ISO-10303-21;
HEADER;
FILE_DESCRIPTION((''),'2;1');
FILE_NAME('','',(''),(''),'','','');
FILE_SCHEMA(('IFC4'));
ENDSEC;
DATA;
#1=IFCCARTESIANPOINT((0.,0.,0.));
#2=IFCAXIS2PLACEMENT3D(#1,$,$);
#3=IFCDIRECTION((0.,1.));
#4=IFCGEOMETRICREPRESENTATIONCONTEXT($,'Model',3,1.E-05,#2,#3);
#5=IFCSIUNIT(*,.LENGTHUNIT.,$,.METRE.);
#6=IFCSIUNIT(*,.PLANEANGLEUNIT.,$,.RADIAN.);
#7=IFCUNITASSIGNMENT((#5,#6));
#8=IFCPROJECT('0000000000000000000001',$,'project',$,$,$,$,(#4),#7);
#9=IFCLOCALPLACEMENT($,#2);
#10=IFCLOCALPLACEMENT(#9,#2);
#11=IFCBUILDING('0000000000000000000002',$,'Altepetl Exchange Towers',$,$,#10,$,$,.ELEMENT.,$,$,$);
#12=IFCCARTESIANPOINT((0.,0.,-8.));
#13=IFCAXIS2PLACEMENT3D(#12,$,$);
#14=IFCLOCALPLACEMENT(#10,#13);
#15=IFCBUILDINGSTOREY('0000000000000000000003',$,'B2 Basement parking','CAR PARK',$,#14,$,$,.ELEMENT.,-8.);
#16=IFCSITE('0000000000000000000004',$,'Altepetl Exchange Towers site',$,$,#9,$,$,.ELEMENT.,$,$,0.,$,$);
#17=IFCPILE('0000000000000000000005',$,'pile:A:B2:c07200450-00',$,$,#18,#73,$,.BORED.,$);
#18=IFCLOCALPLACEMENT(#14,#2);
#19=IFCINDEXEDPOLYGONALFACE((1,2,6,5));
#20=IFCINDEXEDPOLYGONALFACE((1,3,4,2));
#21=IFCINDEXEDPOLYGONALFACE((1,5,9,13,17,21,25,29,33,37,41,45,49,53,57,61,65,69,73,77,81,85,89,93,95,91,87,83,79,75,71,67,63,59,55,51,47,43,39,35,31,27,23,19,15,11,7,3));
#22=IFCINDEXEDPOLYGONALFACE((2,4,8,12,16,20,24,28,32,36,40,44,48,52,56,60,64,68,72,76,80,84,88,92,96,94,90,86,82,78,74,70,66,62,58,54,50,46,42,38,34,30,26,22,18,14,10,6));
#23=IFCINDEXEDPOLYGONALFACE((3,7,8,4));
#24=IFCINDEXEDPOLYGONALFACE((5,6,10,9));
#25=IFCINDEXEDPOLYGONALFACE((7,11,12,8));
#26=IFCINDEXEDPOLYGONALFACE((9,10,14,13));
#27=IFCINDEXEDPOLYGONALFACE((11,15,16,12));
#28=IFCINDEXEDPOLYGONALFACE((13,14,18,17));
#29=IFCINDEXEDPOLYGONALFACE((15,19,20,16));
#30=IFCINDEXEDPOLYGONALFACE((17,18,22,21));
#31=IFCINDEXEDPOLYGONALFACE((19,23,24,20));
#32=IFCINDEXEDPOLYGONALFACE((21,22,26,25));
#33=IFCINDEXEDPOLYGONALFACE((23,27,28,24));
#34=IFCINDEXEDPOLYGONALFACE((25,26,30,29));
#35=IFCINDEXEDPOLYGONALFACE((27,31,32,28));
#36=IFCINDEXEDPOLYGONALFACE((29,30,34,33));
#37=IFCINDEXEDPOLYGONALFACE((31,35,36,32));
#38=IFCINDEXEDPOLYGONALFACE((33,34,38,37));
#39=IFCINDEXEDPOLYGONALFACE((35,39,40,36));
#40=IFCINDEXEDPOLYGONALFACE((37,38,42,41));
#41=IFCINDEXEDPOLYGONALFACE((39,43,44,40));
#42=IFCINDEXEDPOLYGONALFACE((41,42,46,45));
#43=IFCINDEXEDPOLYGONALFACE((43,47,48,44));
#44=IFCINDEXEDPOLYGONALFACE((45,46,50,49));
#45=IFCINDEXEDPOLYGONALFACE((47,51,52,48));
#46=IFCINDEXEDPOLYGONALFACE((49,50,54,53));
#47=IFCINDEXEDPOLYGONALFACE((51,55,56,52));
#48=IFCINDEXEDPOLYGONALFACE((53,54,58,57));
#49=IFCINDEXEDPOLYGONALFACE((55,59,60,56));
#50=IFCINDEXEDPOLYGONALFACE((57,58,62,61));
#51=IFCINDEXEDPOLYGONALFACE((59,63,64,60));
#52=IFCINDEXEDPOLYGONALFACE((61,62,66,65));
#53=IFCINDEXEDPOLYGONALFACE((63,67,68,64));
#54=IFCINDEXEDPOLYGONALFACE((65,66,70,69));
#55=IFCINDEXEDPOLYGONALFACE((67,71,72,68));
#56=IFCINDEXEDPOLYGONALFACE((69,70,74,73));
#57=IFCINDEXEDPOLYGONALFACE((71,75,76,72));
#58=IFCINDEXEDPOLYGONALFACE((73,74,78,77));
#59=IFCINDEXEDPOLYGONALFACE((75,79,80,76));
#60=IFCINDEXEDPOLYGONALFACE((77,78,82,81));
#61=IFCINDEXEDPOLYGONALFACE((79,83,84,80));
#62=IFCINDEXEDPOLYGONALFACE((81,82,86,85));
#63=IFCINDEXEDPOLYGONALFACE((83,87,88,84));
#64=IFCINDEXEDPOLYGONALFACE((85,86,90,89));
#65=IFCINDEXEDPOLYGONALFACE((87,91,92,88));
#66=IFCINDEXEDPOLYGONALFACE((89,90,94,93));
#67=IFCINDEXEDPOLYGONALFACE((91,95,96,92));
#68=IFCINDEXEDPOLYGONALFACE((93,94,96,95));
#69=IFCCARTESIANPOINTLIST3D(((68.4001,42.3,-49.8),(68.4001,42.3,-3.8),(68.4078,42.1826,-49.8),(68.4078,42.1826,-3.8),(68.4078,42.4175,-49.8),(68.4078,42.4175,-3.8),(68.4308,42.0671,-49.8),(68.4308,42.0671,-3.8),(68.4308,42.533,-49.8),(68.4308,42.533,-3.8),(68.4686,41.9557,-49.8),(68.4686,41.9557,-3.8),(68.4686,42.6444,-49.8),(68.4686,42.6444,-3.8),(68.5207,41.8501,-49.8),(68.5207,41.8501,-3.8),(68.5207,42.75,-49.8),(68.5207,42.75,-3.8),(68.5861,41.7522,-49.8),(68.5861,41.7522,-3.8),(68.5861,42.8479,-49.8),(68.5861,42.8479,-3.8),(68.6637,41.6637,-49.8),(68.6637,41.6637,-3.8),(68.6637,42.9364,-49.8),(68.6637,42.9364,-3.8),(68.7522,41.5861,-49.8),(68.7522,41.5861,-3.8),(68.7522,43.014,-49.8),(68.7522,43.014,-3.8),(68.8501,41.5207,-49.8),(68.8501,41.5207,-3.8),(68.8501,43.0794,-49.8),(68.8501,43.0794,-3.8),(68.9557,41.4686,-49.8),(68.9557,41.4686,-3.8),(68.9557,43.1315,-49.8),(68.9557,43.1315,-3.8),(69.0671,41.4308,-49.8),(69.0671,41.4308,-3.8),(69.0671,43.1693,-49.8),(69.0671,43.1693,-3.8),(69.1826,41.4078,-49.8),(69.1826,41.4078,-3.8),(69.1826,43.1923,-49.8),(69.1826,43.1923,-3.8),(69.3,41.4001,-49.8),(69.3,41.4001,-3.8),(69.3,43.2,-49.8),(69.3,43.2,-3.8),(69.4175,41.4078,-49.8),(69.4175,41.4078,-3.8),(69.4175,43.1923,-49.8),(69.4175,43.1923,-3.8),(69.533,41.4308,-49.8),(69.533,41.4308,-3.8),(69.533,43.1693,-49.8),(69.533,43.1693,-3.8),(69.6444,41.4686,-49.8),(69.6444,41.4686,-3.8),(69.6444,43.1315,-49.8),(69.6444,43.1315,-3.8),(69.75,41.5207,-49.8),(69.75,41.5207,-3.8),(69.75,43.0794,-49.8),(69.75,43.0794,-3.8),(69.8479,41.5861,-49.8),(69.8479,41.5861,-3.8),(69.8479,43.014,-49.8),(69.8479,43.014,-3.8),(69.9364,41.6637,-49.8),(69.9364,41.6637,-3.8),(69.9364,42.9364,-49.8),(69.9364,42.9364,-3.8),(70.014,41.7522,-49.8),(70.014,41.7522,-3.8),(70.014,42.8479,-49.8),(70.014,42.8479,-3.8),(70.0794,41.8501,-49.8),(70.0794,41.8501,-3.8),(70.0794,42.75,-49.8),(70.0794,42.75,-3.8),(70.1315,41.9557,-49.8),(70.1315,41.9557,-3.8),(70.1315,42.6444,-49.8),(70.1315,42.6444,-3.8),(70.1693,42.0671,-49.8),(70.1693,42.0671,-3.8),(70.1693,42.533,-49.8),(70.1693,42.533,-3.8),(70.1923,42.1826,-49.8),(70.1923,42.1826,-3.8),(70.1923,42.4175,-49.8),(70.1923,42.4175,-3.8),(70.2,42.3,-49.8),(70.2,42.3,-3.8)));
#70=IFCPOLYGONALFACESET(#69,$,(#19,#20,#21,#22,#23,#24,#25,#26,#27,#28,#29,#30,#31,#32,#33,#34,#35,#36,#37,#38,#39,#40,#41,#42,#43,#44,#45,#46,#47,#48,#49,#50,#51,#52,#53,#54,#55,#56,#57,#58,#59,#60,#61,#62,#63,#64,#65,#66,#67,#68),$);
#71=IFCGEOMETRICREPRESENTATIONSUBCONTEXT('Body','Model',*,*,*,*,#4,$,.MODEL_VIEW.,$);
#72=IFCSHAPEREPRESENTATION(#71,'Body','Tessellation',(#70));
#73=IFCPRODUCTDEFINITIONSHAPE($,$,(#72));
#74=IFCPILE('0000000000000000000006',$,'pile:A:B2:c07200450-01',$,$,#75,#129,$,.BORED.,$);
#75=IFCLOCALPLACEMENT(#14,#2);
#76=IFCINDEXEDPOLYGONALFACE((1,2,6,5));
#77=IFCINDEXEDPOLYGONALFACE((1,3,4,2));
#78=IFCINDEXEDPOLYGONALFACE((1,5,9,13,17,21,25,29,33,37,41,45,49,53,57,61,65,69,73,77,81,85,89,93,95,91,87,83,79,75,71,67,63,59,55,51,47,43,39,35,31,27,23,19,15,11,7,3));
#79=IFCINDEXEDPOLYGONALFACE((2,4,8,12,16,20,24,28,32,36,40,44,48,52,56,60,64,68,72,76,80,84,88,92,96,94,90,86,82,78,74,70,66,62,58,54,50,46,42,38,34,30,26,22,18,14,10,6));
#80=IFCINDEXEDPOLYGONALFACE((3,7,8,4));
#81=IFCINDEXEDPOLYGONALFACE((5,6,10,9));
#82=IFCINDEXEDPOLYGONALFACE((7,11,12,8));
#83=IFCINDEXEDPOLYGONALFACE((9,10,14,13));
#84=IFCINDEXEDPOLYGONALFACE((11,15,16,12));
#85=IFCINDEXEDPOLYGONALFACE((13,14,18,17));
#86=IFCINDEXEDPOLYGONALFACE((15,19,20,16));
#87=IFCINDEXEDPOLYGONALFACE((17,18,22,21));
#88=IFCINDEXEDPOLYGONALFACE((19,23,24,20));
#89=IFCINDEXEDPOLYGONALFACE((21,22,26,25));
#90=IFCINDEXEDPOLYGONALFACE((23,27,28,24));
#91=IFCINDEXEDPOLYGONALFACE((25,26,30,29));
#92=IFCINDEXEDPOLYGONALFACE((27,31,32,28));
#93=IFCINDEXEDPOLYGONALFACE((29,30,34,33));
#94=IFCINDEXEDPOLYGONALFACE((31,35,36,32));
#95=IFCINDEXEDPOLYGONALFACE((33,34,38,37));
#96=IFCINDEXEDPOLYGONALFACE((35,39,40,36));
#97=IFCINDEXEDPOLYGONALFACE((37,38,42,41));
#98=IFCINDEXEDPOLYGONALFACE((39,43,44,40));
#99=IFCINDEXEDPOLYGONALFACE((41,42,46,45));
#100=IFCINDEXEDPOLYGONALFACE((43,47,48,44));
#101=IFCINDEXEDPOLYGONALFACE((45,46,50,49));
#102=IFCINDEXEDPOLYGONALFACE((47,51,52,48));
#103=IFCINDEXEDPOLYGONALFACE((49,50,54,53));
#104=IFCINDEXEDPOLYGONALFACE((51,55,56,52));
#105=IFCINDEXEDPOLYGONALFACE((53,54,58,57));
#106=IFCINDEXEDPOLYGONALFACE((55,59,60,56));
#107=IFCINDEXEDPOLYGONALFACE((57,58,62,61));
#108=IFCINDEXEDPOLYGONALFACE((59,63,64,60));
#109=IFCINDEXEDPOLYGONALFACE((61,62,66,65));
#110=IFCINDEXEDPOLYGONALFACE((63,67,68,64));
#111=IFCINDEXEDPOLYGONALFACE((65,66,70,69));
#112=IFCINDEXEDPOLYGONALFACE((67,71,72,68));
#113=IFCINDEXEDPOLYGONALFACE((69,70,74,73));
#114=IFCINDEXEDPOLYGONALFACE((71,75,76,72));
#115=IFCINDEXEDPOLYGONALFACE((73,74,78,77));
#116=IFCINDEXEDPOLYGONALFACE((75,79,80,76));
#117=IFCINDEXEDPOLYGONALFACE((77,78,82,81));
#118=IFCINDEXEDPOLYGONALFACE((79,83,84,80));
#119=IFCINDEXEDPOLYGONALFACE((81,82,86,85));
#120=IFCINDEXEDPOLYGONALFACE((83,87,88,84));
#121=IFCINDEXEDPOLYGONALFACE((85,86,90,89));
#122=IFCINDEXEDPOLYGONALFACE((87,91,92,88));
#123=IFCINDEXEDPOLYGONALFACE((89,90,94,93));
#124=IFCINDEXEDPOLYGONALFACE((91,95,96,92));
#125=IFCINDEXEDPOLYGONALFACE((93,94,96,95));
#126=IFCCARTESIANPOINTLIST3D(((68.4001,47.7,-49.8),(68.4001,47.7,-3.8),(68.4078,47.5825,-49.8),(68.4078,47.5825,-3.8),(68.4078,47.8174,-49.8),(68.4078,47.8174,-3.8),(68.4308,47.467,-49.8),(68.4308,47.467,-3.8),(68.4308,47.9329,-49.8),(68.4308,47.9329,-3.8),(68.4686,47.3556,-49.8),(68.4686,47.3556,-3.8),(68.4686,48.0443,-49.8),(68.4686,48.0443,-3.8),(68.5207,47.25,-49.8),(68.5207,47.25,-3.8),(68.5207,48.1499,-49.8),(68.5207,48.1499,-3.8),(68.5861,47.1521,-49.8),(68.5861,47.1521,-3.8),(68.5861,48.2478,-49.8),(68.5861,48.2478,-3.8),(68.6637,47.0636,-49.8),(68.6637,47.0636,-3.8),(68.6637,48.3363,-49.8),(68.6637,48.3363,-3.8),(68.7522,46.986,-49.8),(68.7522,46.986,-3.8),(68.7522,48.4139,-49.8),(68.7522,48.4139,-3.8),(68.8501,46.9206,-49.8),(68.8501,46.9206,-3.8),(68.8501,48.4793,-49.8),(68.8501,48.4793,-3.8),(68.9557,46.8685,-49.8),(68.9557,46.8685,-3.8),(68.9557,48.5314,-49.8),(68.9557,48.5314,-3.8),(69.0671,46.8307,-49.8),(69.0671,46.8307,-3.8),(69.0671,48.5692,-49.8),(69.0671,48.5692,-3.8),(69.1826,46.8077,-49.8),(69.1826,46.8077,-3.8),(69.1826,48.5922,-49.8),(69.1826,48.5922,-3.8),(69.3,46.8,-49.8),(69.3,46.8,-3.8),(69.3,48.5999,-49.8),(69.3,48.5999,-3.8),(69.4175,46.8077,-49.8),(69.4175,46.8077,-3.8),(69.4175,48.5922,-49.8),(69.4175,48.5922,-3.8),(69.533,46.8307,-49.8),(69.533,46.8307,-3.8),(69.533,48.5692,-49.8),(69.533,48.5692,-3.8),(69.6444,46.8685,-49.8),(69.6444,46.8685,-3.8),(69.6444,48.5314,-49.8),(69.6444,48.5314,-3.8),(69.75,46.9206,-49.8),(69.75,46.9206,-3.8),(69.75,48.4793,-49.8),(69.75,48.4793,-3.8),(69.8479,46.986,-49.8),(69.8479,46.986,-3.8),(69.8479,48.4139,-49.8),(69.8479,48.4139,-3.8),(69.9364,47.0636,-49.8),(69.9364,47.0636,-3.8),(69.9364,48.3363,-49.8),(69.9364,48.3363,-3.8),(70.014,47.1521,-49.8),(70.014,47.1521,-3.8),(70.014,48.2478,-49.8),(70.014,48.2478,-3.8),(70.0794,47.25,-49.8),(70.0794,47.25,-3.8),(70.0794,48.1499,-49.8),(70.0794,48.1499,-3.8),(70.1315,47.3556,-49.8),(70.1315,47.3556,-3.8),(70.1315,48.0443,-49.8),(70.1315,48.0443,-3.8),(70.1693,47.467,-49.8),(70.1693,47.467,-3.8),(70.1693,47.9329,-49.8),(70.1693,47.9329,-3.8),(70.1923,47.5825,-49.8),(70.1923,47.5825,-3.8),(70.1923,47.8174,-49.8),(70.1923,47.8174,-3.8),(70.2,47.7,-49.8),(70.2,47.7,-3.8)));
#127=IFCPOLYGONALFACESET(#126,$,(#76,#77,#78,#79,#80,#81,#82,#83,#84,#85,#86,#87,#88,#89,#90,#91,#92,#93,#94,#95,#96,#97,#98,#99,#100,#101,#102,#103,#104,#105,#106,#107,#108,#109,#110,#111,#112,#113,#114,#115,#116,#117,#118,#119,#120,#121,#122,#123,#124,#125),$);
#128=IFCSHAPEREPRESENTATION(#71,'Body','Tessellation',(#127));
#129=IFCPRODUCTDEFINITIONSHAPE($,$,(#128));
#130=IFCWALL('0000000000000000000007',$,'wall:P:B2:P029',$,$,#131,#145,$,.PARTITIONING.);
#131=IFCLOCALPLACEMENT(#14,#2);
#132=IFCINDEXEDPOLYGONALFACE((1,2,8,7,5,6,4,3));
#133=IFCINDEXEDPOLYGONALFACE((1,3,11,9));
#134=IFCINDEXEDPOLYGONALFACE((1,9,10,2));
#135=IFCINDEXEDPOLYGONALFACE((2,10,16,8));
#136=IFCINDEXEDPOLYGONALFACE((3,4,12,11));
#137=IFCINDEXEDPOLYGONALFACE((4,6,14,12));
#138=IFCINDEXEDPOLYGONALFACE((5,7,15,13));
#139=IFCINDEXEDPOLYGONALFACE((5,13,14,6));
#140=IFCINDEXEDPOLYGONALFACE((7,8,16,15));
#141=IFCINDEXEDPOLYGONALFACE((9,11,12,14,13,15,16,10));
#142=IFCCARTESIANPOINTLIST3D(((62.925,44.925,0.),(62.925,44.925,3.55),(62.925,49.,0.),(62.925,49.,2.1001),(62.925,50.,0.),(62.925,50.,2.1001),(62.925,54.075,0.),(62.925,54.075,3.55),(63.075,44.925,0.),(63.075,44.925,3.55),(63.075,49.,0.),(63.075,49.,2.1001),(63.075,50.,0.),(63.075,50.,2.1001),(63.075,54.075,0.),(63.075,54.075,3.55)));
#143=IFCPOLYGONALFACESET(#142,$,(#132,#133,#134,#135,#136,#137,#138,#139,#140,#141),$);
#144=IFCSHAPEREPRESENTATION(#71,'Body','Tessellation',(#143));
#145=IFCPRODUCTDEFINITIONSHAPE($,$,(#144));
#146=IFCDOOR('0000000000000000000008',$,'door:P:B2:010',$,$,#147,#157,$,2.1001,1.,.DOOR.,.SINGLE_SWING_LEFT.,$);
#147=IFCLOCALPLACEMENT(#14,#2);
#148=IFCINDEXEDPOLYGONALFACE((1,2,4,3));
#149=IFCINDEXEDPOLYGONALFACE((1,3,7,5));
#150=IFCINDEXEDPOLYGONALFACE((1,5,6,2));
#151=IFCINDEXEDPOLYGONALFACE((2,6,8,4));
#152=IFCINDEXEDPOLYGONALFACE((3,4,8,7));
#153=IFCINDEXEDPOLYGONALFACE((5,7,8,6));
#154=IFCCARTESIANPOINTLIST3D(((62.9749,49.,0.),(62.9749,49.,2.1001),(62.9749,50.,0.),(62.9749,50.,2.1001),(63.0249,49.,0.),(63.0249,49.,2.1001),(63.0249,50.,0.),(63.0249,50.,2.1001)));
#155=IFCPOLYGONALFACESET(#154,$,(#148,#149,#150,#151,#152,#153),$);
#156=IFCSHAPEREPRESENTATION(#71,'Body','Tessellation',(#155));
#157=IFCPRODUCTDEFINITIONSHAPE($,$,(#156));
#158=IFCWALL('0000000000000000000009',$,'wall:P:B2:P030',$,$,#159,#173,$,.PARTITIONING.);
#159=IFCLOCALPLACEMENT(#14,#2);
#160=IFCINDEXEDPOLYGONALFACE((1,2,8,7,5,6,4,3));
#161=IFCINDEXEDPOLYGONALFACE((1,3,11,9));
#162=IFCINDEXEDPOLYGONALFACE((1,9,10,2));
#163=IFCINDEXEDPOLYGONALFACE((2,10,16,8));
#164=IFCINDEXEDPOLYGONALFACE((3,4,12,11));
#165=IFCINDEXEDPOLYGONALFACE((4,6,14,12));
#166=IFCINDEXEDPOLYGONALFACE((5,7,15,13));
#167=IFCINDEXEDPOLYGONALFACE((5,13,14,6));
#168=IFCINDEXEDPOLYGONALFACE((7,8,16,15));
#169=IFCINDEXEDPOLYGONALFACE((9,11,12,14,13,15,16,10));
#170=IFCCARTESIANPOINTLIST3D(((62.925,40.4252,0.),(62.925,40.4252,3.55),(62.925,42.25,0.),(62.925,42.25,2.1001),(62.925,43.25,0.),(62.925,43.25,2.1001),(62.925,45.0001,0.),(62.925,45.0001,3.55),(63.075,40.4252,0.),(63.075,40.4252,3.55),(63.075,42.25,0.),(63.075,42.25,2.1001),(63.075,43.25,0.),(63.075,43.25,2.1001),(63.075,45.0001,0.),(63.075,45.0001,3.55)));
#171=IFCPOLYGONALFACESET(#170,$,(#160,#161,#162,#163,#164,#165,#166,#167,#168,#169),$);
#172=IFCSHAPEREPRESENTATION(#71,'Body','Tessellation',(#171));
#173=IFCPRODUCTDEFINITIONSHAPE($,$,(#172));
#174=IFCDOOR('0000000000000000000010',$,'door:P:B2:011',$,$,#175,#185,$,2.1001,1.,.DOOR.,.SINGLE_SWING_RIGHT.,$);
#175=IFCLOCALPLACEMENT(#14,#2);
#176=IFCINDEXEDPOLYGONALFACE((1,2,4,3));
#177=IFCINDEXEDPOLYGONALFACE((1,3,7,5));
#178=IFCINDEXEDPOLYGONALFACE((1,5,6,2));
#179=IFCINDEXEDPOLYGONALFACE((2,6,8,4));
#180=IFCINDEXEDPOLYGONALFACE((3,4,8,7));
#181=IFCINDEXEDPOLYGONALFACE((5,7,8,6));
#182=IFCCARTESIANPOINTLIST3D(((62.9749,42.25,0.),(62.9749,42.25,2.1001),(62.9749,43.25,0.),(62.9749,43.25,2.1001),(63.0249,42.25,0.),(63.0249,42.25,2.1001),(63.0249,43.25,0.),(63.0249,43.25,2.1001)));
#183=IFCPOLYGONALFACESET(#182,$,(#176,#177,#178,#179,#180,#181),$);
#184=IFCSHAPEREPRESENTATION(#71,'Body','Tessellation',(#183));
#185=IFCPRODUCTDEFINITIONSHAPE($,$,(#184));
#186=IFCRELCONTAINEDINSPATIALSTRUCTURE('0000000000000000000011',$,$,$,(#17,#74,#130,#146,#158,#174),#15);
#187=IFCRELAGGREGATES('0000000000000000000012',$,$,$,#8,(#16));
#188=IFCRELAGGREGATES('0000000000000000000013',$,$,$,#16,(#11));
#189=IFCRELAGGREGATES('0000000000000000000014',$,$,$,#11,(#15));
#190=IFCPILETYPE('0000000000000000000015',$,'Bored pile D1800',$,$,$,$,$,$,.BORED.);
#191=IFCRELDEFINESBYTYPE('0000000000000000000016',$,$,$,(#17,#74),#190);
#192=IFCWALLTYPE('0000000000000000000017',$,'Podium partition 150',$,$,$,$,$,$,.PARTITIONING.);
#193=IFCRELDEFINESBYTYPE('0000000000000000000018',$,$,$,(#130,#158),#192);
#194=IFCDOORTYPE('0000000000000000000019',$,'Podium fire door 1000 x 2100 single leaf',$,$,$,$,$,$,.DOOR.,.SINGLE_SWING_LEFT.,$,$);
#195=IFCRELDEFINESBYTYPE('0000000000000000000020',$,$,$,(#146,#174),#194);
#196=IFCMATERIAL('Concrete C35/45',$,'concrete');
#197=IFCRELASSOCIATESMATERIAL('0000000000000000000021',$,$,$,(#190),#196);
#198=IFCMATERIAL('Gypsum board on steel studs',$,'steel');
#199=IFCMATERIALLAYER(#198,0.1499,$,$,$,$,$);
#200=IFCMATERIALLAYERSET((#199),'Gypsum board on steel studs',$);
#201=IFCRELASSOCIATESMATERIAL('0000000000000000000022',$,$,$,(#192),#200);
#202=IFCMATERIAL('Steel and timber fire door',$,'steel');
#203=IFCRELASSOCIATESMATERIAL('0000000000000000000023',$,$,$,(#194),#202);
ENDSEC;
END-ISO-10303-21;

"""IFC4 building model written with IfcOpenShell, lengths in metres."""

from ifc_helpers import new_model, si_unit, direction, frame, frame_2d, origin, origin_2d, place, context, subcontext, project, spatial, rectangle, circle, extrude, material, layer, layer_set, material_profile, profile_set, type_object, element, fill, save


model = new_model("IFC4")

# Units and contexts
model_context = context("Model", 3, precision=1e-05, world=origin(), true_north=direction((0.0, 1.0)))
body_context = subcontext(model_context, "Body", "Model", "MODEL_VIEW")
ifc_project = project(units=[si_unit("LENGTHUNIT", "METRE"), si_unit("PLANEANGLEUNIT", "RADIAN")], contexts=[model_context])

# Site, building, storey
site_placement = place(None, origin())
site = spatial("IfcSite", under=ifc_project, at=site_placement, Name="Altepetl Exchange Towers site", CompositionType="ELEMENT", RefElevation=0.0)
building_placement = place(site_placement, origin())
building = spatial("IfcBuilding", under=site, at=building_placement, Name="Altepetl Exchange Towers", CompositionType="ELEMENT")
storey_placement = place(building_placement, frame((0.0, 0.0, -8.0)))
storey = spatial("IfcBuildingStorey", under=building, at=storey_placement, Name="B2 Basement parking", Description="CAR PARK", CompositionType="ELEMENT", Elevation=-8.0)

# Piles
ifc_material_1 = material(Name="Concrete C35/45", Category="concrete")
ifc_material_profile_1 = material_profile(ifc_material_1, circle(Radius=0.8999, at=origin_2d()), Name="D1800")
ifc_profile_set_1 = profile_set([ifc_material_profile_1], Name="Concrete C35/45")
pile_type_1 = type_object("IfcPileType", Name="Bored pile D1800", PredefinedType="BORED", material=ifc_profile_set_1)
for number, where, z_axis, x_axis, name in (
    (1, (69.3, 42.3, -3.8), (0.0, 0.0, -1.0), (1.0, 0.0, 0.0), "pile:A:B2:c07200450-00"),
    (2, (69.3, 47.7, -3.8), (0.0, 0.0, -1.0), (1.0, 0.0, 0.0), "pile:A:B2:c07200450-01"),
):
    element("IfcPile", number, at=place(storey_placement, frame(where, z_axis=z_axis, x_axis=x_axis)), inside=storey, type_object=pile_type_1, Name=name, PredefinedType="BORED", context=body_context, shape_type="SweptSolid", body=[
        extrude(circle(Radius=0.8999, at=origin_2d()), origin(), (0.0, 0.0, 1.0), 46.0),
    ])

# Walls, openings, doors
ifc_material_2 = material(Name="Gypsum board on steel studs", Category="steel")
ifc_layer = layer(ifc_material_2, 0.1499)
ifc_layer_set = layer_set([ifc_layer], Name="Gypsum board on steel studs")
wall_type = type_object("IfcWallType", Name="Podium partition 150", PredefinedType="PARTITIONING", material=ifc_layer_set)
wall_1_placement = place(storey_placement, frame((63.0, 44.925, 0.0), z_axis=(0.0, 0.0, 1.0), x_axis=(0.0, 1.0, 0.0)))
wall_1 = element("IfcWall", 3, at=wall_1_placement, inside=storey, type_object=wall_type, Name="wall:P:B2:P029", PredefinedType="PARTITIONING", context=body_context, shape_type="SweptSolid", body=[
    extrude(rectangle(XDim=9.1499, YDim=0.1499, at=frame_2d((4.575, 0.0))), origin(), (0.0, 0.0, 1.0), 3.55),
])
opening_1_placement = place(wall_1_placement, frame((4.075, 0.0, 0.0)))
opening_1 = element("IfcOpeningElement", 4, at=opening_1_placement, cuts=wall_1, PredefinedType="OPENING", context=body_context, shape_type="SweptSolid", body=[
    extrude(rectangle(XDim=1.0, YDim=2.1001, at=frame_2d((0.5, 1.05))), frame((0.0, 0.085, 0.0), z_axis=(0.0, -1.0, 0.0), x_axis=(1.0, 0.0, 0.0)), (0.0, 0.0, 1.0), 0.1699),
])
ifc_material_3 = material(Name="Steel and timber fire door", Category="steel")
door_type = type_object("IfcDoorType", Name="Podium fire door 1000 x 2100 single leaf", OperationType="SINGLE_SWING_LEFT", PredefinedType="DOOR", material=ifc_material_3)
door_1_placement = place(opening_1_placement, frame((1.0, 0.0, 0.0), x_axis=(-1.0, 0.0, 0.0)))
door_1 = element("IfcDoor", 5, at=door_1_placement, inside=storey, type_object=door_type, Name="door:P:B2:010", OperationType="SINGLE_SWING_LEFT", OverallHeight=2.1001, OverallWidth=1.0, PredefinedType="DOOR", context=body_context, shape_type="SweptSolid", body=[
    extrude(rectangle(XDim=1.0, YDim=2.1001, at=frame_2d((0.5, 1.05))), frame((0.0, 0.0249, 0.0), z_axis=(0.0, -1.0, 0.0), x_axis=(1.0, 0.0, 0.0)), (0.0, 0.0, 1.0), 0.05),
])
fill(opening_1, door_1)
wall_2_placement = place(storey_placement, frame((63.0, 40.425, 0.0), z_axis=(0.0, 0.0, 1.0), x_axis=(0.0, 1.0, 0.0)))
wall_2 = element("IfcWall", 6, at=wall_2_placement, inside=storey, type_object=wall_type, Name="wall:P:B2:P030", PredefinedType="PARTITIONING", context=body_context, shape_type="SweptSolid", body=[
    extrude(rectangle(XDim=4.575, YDim=0.1499, at=frame_2d((2.2876, 0.0))), origin(), (0.0, 0.0, 1.0), 3.55),
])
opening_2_placement = place(wall_2_placement, frame((1.825, 0.0, 0.0)))
opening_2 = element("IfcOpeningElement", 7, at=opening_2_placement, cuts=wall_2, PredefinedType="OPENING", context=body_context, shape_type="SweptSolid", body=[
    extrude(rectangle(XDim=1.0, YDim=2.1001, at=frame_2d((0.5, 1.05))), frame((0.0, 0.085, 0.0), z_axis=(0.0, -1.0, 0.0), x_axis=(1.0, 0.0, 0.0)), (0.0, 0.0, 1.0), 0.1699),
])
door_2_placement = place(opening_2_placement, frame((1.0, 0.0, 0.0), x_axis=(-1.0, 0.0, 0.0)))
door_2 = element("IfcDoor", 8, at=door_2_placement, inside=storey, type_object=door_type, Name="door:P:B2:011", OperationType="SINGLE_SWING_RIGHT", OverallHeight=2.1001, OverallWidth=1.0, PredefinedType="DOOR", context=body_context, shape_type="SweptSolid", body=[
    extrude(rectangle(XDim=1.0, YDim=2.1001, at=frame_2d((0.5, 1.05))), frame((0.0, 0.0249, 0.0), z_axis=(0.0, -1.0, 0.0), x_axis=(1.0, 0.0, 0.0)), (0.0, 0.0, 1.0), 0.05),
])
fill(opening_2, door_2)

save(model, "model.ifc")
